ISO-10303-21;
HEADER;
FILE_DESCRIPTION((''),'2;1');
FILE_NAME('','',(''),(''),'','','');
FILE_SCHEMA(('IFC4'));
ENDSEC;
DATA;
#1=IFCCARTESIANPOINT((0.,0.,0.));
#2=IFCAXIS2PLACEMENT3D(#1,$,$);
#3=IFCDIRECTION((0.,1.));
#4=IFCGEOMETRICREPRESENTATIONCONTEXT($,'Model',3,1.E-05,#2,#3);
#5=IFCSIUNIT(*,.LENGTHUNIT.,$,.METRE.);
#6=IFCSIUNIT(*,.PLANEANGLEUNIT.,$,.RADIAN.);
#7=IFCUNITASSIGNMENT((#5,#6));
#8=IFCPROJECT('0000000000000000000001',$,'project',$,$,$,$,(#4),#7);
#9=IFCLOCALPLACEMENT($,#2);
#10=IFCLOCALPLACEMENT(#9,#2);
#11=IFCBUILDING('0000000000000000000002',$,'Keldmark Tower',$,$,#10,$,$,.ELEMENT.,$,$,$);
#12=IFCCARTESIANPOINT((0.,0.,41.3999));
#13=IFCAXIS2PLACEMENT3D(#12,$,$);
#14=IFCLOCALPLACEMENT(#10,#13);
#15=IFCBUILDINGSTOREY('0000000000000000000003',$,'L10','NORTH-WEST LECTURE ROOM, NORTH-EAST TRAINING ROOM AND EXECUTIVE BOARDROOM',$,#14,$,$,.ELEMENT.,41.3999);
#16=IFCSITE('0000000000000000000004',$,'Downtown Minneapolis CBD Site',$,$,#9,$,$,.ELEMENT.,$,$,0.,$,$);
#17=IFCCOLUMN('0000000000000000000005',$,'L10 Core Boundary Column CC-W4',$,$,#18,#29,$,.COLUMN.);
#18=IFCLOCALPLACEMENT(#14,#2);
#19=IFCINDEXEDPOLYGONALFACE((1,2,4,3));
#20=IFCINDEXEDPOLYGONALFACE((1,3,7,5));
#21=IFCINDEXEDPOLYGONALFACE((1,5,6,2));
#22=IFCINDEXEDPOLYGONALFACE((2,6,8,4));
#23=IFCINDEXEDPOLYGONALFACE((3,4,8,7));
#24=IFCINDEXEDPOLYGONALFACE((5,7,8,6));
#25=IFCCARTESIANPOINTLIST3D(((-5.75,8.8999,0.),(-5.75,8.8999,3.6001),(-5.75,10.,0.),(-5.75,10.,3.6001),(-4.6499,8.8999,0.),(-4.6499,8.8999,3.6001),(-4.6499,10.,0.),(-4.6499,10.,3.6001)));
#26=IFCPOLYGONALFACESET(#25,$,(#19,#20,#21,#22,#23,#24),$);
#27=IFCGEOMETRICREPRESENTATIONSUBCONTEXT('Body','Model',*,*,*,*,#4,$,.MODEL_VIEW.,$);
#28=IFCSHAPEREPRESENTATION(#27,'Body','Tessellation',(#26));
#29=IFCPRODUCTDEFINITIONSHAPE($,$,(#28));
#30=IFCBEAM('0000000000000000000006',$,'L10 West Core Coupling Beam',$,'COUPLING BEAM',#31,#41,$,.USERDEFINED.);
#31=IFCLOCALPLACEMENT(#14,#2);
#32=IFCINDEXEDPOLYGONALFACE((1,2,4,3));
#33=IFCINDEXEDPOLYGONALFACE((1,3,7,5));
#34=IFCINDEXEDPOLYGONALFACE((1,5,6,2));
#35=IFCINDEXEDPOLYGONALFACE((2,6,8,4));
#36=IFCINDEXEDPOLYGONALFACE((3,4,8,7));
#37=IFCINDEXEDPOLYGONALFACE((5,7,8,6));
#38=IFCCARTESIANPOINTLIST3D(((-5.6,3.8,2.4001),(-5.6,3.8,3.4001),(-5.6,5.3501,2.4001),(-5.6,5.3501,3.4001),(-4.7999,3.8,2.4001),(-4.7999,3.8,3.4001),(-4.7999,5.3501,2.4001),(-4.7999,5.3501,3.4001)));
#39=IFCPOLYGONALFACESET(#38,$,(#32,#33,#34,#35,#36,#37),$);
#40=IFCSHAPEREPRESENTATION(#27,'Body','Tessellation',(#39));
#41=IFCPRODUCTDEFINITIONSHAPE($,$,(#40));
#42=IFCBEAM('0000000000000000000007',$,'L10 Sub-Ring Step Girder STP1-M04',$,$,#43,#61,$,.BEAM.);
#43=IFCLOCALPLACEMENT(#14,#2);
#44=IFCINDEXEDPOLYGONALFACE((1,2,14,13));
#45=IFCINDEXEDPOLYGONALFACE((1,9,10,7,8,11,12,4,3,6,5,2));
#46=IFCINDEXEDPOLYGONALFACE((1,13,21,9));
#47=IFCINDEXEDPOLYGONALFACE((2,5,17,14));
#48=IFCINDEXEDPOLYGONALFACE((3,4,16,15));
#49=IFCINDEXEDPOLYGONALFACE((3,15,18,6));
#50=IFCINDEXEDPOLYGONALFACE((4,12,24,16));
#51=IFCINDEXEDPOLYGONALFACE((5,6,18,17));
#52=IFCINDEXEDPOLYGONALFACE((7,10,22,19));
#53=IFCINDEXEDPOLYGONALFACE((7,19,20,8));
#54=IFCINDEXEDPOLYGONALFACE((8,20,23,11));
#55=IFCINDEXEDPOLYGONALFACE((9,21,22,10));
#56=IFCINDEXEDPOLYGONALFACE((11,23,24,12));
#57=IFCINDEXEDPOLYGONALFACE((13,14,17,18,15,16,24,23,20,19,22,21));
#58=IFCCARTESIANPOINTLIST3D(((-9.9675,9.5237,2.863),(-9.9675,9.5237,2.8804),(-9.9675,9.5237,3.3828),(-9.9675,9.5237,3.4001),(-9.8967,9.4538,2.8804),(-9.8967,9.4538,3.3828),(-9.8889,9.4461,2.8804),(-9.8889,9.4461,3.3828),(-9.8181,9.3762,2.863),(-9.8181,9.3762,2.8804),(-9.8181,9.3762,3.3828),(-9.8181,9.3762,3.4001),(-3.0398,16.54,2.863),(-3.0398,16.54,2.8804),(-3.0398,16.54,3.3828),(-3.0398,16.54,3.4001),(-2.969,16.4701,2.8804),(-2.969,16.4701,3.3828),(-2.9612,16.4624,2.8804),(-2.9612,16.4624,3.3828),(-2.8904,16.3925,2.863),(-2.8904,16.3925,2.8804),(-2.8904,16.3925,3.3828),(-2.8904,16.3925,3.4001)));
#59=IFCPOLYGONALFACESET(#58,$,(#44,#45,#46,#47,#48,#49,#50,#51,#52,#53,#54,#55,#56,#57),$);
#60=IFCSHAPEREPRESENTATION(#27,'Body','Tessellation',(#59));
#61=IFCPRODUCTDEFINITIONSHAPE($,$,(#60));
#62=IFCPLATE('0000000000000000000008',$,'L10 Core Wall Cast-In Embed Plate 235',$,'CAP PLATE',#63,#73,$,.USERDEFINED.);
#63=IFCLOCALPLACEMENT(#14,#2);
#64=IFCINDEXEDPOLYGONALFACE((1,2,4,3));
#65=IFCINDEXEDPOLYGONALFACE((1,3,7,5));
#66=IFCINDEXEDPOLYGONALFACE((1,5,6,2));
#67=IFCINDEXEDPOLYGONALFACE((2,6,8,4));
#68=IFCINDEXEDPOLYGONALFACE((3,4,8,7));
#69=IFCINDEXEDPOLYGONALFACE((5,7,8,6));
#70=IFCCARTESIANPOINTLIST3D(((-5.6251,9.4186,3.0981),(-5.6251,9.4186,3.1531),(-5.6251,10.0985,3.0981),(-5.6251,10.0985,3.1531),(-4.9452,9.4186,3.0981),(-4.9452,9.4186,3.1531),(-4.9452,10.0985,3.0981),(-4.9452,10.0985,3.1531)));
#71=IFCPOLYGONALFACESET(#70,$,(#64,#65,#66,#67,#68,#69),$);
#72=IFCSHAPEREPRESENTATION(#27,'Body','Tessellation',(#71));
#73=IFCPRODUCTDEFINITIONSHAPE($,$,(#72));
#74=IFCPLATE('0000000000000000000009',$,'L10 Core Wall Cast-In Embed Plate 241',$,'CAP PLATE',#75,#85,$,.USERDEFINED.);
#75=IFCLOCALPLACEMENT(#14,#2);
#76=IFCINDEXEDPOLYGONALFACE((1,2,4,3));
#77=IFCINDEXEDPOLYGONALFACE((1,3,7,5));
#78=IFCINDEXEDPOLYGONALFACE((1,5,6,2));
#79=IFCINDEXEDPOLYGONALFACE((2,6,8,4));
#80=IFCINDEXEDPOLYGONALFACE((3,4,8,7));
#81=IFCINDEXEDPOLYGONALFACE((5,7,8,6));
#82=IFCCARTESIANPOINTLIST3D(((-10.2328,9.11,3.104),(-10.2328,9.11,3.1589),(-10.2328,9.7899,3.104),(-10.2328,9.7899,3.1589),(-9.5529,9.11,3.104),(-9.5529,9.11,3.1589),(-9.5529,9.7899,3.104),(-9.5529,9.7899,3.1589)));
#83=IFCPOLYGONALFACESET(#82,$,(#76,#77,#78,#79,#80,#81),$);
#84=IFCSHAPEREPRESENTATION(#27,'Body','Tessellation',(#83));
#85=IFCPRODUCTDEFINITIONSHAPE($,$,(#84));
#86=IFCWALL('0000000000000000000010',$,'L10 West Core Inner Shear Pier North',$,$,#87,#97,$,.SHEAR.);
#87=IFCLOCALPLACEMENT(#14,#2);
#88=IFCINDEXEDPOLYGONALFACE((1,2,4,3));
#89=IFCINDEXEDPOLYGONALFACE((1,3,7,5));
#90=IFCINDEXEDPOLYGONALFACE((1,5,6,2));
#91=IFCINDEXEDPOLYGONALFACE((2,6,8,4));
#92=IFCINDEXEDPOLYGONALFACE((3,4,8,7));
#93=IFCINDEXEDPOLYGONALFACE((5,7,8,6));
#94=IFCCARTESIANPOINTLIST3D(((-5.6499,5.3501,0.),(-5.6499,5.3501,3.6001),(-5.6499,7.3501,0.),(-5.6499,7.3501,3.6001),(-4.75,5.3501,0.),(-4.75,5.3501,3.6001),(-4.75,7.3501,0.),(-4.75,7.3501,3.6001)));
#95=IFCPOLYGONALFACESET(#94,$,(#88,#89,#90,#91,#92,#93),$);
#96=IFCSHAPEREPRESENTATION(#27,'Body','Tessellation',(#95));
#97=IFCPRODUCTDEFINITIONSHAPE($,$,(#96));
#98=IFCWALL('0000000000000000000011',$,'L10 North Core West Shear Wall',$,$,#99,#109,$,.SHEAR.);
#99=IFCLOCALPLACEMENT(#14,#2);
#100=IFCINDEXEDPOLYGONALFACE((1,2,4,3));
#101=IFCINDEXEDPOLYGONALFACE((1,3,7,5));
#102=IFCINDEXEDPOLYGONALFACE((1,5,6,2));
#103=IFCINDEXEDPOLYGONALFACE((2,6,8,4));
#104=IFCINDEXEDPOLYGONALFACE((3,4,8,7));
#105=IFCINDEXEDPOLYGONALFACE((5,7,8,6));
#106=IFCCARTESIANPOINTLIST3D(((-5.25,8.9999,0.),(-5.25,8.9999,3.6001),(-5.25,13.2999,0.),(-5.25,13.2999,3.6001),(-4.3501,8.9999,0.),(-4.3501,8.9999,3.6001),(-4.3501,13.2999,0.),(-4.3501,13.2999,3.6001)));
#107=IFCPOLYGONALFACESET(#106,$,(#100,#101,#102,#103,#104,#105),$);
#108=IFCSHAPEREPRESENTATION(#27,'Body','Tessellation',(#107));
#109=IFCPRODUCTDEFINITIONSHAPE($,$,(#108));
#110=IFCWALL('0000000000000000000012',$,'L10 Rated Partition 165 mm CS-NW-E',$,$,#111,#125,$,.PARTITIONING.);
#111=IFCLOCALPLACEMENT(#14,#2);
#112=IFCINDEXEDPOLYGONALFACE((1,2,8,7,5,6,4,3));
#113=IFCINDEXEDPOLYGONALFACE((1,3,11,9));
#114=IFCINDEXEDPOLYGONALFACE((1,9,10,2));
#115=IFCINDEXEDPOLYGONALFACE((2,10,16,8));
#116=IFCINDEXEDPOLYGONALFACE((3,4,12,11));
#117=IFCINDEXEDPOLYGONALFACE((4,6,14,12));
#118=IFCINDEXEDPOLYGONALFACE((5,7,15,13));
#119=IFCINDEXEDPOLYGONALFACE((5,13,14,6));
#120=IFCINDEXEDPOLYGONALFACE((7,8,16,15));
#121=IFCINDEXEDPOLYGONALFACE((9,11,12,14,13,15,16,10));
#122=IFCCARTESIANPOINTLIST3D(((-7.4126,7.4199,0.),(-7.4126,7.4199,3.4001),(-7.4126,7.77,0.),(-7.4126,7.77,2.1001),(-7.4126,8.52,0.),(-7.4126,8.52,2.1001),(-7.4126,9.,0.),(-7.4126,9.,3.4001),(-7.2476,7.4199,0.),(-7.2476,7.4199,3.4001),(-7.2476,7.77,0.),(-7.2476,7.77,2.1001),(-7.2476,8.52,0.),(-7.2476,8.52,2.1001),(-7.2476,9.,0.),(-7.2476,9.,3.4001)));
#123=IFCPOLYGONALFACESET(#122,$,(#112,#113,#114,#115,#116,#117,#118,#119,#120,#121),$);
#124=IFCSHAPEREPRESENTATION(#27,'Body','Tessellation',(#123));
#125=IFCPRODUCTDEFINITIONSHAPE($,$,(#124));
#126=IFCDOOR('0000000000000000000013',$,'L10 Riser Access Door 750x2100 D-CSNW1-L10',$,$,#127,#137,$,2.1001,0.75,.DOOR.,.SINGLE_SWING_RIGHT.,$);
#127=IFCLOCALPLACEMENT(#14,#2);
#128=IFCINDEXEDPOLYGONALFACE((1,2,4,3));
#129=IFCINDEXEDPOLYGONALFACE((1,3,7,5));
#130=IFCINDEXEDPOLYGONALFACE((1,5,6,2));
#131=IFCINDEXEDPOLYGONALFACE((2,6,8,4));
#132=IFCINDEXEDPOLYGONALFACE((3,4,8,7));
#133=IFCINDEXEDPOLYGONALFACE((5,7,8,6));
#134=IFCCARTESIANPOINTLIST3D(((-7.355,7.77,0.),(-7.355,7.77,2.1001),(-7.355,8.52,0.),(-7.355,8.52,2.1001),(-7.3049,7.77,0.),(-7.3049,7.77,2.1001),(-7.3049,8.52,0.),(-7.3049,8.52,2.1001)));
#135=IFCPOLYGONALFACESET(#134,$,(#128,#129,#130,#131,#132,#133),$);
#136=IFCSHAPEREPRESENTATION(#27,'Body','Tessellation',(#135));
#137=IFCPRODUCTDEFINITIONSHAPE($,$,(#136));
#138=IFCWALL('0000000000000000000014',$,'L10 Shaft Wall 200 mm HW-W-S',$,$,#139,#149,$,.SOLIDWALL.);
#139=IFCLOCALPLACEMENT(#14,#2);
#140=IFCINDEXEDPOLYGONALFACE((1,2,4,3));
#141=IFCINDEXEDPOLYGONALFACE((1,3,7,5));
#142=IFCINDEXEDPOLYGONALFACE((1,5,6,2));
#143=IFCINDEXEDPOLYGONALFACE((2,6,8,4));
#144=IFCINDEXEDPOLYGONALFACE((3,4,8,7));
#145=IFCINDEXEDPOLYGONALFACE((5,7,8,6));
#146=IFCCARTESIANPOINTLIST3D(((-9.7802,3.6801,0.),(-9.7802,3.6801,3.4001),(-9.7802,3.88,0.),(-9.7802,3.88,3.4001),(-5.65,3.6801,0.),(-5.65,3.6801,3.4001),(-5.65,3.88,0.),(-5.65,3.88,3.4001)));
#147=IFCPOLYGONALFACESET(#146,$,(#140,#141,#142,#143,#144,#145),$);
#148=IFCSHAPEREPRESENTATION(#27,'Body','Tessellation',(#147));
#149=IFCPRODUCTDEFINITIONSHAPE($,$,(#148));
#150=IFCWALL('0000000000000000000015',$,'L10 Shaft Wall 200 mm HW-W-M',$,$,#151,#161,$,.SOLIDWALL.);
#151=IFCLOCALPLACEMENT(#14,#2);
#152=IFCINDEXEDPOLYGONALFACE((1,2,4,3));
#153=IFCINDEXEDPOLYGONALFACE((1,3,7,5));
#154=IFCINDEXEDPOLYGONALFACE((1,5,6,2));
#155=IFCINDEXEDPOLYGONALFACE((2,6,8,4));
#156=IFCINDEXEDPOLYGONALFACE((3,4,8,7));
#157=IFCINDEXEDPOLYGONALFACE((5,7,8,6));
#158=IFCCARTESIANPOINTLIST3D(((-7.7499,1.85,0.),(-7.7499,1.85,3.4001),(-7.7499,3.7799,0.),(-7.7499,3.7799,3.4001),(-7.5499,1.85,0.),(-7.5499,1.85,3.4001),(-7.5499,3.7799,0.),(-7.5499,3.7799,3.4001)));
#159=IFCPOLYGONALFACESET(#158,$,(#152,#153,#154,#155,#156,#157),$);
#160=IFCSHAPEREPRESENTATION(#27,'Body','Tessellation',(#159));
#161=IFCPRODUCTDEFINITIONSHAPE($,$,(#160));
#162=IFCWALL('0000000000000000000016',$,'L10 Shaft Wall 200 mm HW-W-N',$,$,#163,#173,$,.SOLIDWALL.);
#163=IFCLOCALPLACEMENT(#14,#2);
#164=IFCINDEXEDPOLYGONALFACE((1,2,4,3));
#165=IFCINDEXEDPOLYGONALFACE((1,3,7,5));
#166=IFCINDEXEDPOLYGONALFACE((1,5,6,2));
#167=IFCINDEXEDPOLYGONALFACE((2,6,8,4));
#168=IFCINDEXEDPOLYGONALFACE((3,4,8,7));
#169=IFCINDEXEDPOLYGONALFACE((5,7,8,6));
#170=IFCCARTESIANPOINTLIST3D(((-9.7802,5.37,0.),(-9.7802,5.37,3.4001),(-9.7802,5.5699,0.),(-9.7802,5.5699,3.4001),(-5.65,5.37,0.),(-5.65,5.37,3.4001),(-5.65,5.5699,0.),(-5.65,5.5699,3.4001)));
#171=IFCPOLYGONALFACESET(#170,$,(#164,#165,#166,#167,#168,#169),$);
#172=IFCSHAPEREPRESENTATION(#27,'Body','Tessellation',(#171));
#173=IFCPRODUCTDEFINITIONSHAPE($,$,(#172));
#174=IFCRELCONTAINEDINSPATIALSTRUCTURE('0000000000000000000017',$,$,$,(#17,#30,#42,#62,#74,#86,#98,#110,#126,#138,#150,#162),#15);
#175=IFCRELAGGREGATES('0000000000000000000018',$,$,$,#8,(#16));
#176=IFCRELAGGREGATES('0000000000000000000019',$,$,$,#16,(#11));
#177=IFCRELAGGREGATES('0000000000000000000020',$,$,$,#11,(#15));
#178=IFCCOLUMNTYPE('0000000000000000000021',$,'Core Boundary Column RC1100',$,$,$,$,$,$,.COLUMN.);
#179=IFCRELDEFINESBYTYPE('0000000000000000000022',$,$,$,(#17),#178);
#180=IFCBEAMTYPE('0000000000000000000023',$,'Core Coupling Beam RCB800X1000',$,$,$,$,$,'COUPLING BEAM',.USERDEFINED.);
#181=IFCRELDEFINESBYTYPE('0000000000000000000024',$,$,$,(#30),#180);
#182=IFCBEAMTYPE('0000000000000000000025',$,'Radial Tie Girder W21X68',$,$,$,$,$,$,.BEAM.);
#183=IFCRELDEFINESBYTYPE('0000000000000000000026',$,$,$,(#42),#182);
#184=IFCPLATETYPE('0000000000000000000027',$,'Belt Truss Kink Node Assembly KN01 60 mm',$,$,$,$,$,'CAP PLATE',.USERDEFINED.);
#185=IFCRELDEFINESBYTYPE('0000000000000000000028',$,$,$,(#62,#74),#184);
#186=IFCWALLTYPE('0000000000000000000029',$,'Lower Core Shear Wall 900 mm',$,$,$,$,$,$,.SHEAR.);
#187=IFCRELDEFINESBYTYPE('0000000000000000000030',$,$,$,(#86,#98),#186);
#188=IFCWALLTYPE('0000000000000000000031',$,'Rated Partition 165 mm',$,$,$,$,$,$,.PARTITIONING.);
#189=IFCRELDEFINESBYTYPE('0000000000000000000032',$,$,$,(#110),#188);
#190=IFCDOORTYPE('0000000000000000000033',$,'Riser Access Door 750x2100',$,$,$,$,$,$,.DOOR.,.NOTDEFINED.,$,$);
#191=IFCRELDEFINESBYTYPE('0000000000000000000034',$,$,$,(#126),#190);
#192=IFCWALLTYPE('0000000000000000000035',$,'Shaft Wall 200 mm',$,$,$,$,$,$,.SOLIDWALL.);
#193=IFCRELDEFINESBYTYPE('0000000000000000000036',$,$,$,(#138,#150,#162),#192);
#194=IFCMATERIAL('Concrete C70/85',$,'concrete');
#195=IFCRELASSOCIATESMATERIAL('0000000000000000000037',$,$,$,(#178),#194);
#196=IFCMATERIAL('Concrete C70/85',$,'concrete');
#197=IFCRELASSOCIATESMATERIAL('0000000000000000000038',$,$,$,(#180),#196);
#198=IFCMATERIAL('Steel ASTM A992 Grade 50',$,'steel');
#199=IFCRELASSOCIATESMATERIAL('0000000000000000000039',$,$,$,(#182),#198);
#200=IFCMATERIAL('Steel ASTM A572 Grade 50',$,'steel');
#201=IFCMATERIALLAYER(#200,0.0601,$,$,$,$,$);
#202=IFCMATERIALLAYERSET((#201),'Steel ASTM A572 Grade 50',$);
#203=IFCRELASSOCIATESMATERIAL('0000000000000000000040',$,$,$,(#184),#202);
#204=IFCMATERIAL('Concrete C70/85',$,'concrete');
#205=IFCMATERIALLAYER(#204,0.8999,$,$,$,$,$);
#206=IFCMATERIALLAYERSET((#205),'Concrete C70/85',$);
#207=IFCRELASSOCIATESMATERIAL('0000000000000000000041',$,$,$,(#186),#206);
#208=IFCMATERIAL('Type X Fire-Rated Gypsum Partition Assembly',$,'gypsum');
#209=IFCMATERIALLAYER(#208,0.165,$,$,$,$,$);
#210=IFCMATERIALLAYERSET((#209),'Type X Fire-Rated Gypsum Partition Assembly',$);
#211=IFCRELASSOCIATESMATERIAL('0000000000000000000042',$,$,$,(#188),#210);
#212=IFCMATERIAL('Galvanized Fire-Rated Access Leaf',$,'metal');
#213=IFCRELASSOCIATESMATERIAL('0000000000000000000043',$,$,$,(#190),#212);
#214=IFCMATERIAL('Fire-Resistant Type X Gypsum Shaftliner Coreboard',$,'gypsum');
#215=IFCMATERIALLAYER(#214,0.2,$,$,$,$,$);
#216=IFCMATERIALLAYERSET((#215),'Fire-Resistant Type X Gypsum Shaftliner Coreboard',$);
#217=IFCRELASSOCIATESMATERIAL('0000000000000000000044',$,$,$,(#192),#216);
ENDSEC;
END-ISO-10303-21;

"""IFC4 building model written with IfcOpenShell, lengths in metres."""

from ifc_helpers import new_model, si_unit, direction, frame, frame_2d, origin, origin_2d, place, context, subcontext, project, spatial, rectangle, i_section, extrude, material, layer, layer_set, material_profile, profile_set, type_object, element, fill, save


model = new_model("IFC4")

# Units and contexts
model_context = context("Model", 3, precision=1e-05, world=origin(), true_north=direction((0.0, 1.0)))
body_context = subcontext(model_context, "Body", "Model", "MODEL_VIEW")
ifc_project = project(units=[si_unit("LENGTHUNIT", "METRE"), si_unit("PLANEANGLEUNIT", "RADIAN")], contexts=[model_context])

# Site, building, storey
site_placement = place(None, origin())
site = spatial("IfcSite", under=ifc_project, at=site_placement, Name="Downtown Minneapolis CBD Site", CompositionType="ELEMENT", RefElevation=0.0)
building_placement = place(site_placement, origin())
building = spatial("IfcBuilding", under=site, at=building_placement, Name="Keldmark Tower", CompositionType="ELEMENT")
storey_placement = place(building_placement, frame((0.0, 0.0, 41.3999)))
storey = spatial("IfcBuildingStorey", under=building, at=storey_placement, Name="L10", Description="NORTH-WEST LECTURE ROOM, NORTH-EAST TRAINING ROOM AND EXECUTIVE BOARDROOM", CompositionType="ELEMENT", Elevation=41.3999)

# Column
ifc_material_1 = material(Name="Concrete C70/85", Category="concrete")
ifc_material_profile_1 = material_profile(ifc_material_1, rectangle(XDim=1.1001, YDim=1.1001, at=origin_2d()), Name="RC1100X1100")
ifc_profile_set_1 = profile_set([ifc_material_profile_1], Name="Concrete C70/85")
column_type = type_object("IfcColumnType", Name="Core Boundary Column RC1100", PredefinedType="COLUMN", material=ifc_profile_set_1)
column_placement = place(storey_placement, frame((-5.2, 9.45, 0.0), z_axis=(0.0, 0.0, 1.0), x_axis=(1.0, 0.0, 0.0)))
element("IfcColumn", 1, at=column_placement, inside=storey, type_object=column_type, Name="L10 Core Boundary Column CC-W4", PredefinedType="COLUMN", context=body_context, shape_type="SweptSolid", body=[
    extrude(rectangle(XDim=1.1001, YDim=1.1001, at=origin_2d()), origin(), (0.0, 0.0, 1.0), 3.6001),
])

# Beams
ifc_material_2 = material(Name="Concrete C70/85", Category="concrete")
ifc_material_profile_2 = material_profile(ifc_material_2, rectangle(XDim=0.8, YDim=1.0, at=origin_2d()), Name="RCB800X1000")
ifc_profile_set_2 = profile_set([ifc_material_profile_2], Name="Concrete C70/85")
beam_type_1 = type_object("IfcBeamType", Name="Core Coupling Beam RCB800X1000", ElementType="COUPLING BEAM", PredefinedType="USERDEFINED", material=ifc_profile_set_2)
beam_1_placement = place(storey_placement, frame((-5.2, 3.8, 2.9001), z_axis=(0.0, 1.0, 0.0), x_axis=(-1.0, 0.0, 0.0)))
element("IfcBeam", 2, at=beam_1_placement, inside=storey, type_object=beam_type_1, Name="L10 West Core Coupling Beam", ObjectType="COUPLING BEAM", PredefinedType="USERDEFINED", context=body_context, shape_type="SweptSolid", body=[
    extrude(rectangle(XDim=0.8, YDim=1.0, at=origin_2d()), origin(), (0.0, 0.0, 1.0), 1.55),
])
ifc_material_3 = material(Name="Steel ASTM A992 Grade 50", Category="steel")
ifc_material_profile_3 = material_profile(ifc_material_3, i_section(OverallWidth=0.21, OverallDepth=0.5371, WebThickness=0.011, FlangeThickness=0.0173, at=origin_2d()), Name="W21X68")
ifc_profile_set_3 = profile_set([ifc_material_profile_3], Name="Steel ASTM A992 Grade 50")
beam_type_2 = type_object("IfcBeamType", Name="Radial Tie Girder W21X68", PredefinedType="BEAM", material=ifc_profile_set_3)
beam_2_placement = place(storey_placement, frame((-9.8928, 9.45, 3.1316), z_axis=(0.702599, 0.711586, 0.0), x_axis=(-0.711586, 0.702599, 0.0)))
element("IfcBeam", 3, at=beam_2_placement, inside=storey, type_object=beam_type_2, Name="L10 Sub-Ring Step Girder STP1-M04", PredefinedType="BEAM", context=body_context, shape_type="SweptSolid", body=[
    extrude(i_section(OverallWidth=0.21, OverallDepth=0.5371, WebThickness=0.011, FlangeThickness=0.0173, at=origin_2d()), origin(), (0.0, 0.0, 1.0), 9.8601),
])

# Plates
ifc_material_4 = material(Name="Steel ASTM A572 Grade 50", Category="steel")
ifc_layer_1 = layer(ifc_material_4, 0.0601)
ifc_layer_set_1 = layer_set([ifc_layer_1], Name="Steel ASTM A572 Grade 50")
plate_type = type_object("IfcPlateType", Name="Belt Truss Kink Node Assembly KN01 60 mm", ElementType="CAP PLATE", PredefinedType="USERDEFINED", material=ifc_layer_set_1)
for number, where, z_axis, x_axis, name in (
    (4, (-5.2852, 9.7585, 3.0981), (0.0, 0.0, 1.0), (1.0, 0.0, 0.0), "L10 Core Wall Cast-In Embed Plate 235"),
    (5, (-9.8928, 9.45, 3.104), (0.0, 0.0, 1.0), (1.0, 0.0, 0.0), "L10 Core Wall Cast-In Embed Plate 241"),
):
    element("IfcPlate", number, at=place(storey_placement, frame(where, z_axis=z_axis, x_axis=x_axis)), inside=storey, type_object=plate_type, Name=name, ObjectType="CAP PLATE", PredefinedType="USERDEFINED", context=body_context, shape_type="SweptSolid", body=[
        extrude(rectangle(XDim=0.6799, YDim=0.6799, at=origin_2d()), origin(), (0.0, 0.0, 1.0), 0.0549),
    ])

# Walls
ifc_material_5 = material(Name="Concrete C70/85", Category="concrete")
ifc_layer_2 = layer(ifc_material_5, 0.8999)
ifc_layer_set_2 = layer_set([ifc_layer_2], Name="Concrete C70/85")
wall_type_1 = type_object("IfcWallType", Name="Lower Core Shear Wall 900 mm", PredefinedType="SHEAR", material=ifc_layer_set_2)
wall_1_placement = place(storey_placement, frame((-5.2, 5.3501, 0.0), z_axis=(0.0, 0.0, 1.0), x_axis=(0.0, 1.0, 0.0)))
element("IfcWall", 6, at=wall_1_placement, inside=storey, type_object=wall_type_1, Name="L10 West Core Inner Shear Pier North", PredefinedType="SHEAR", context=body_context, shape_type="SweptSolid", body=[
    extrude(rectangle(XDim=2.0, YDim=0.8999, at=frame_2d((1.0, 0.0))), origin(), (0.0, 0.0, 1.0), 3.6001),
])
wall_2_placement = place(storey_placement, frame((-4.8, 9.0, 0.0), z_axis=(0.0, 0.0, 1.0), x_axis=(0.0, 1.0, 0.0)))
element("IfcWall", 7, at=wall_2_placement, inside=storey, type_object=wall_type_1, Name="L10 North Core West Shear Wall", PredefinedType="SHEAR", context=body_context, shape_type="SweptSolid", body=[
    extrude(rectangle(XDim=4.3, YDim=0.8999, at=frame_2d((2.1499, 0.0))), origin(), (0.0, 0.0, 1.0), 3.6001),
])

# Wall, opening, door
ifc_material_6 = material(Name="Type X Fire-Rated Gypsum Partition Assembly", Category="gypsum")
ifc_layer_3 = layer(ifc_material_6, 0.165)
ifc_layer_set_3 = layer_set([ifc_layer_3], Name="Type X Fire-Rated Gypsum Partition Assembly")
wall_type_2 = type_object("IfcWallType", Name="Rated Partition 165 mm", PredefinedType="PARTITIONING", material=ifc_layer_set_3)
wall_3_placement = place(storey_placement, frame((-7.3301, 7.4199, 0.0), z_axis=(0.0, 0.0, 1.0), x_axis=(0.0, 1.0, 0.0)))
wall_3 = element("IfcWall", 8, at=wall_3_placement, inside=storey, type_object=wall_type_2, Name="L10 Rated Partition 165 mm CS-NW-E", PredefinedType="PARTITIONING", context=body_context, shape_type="SweptSolid", body=[
    extrude(rectangle(XDim=1.5801, YDim=0.165, at=frame_2d((0.79, 0.0))), origin(), (0.0, 0.0, 1.0), 3.4001),
])
opening_1_placement = place(wall_3_placement, frame((0.3501, 0.0, 0.0)))
opening_1 = element("IfcOpeningElement", 9, at=opening_1_placement, cuts=wall_3, PredefinedType="OPENING", context=body_context, shape_type="SweptSolid", body=[
    extrude(rectangle(XDim=0.75, YDim=2.1001, at=frame_2d((0.375, 1.05))), frame((0.0, 0.0925, 0.0), z_axis=(0.0, -1.0, 0.0), x_axis=(1.0, 0.0, 0.0)), (0.0, 0.0, 1.0), 0.1851),
])
ifc_material_7 = material(Name="Galvanized Fire-Rated Access Leaf", Category="metal")
door_type_1 = type_object("IfcDoorType", Name="Riser Access Door 750x2100", OperationType="NOTDEFINED", PredefinedType="DOOR", material=ifc_material_7)
door_1_placement = place(opening_1_placement, origin())
door_1 = element("IfcDoor", 10, at=door_1_placement, inside=storey, type_object=door_type_1, Name="L10 Riser Access Door 750x2100 D-CSNW1-L10", OperationType="SINGLE_SWING_RIGHT", OverallHeight=2.1001, OverallWidth=0.75, PredefinedType="DOOR", context=body_context, shape_type="SweptSolid", body=[
    extrude(rectangle(XDim=0.75, YDim=2.1001, at=frame_2d((0.375, 1.05))), frame((0.0, 0.0249, 0.0), z_axis=(0.0, -1.0, 0.0), x_axis=(1.0, 0.0, 0.0)), (0.0, 0.0, 1.0), 0.05),
])
fill(opening_1, door_1)

# Walls
ifc_material_8 = material(Name="Fire-Resistant Type X Gypsum Shaftliner Coreboard", Category="gypsum")
ifc_layer_4 = layer(ifc_material_8, 0.2)
ifc_layer_set_4 = layer_set([ifc_layer_4], Name="Fire-Resistant Type X Gypsum Shaftliner Coreboard")
wall_type_3 = type_object("IfcWallType", Name="Shaft Wall 200 mm", PredefinedType="SOLIDWALL", material=ifc_layer_set_4)
wall_4_placement = place(storey_placement, frame((-9.78, 3.78, 0.0), z_axis=(0.0, 0.0, 1.0), x_axis=(1.0, 0.0, 0.0)))
element("IfcWall", 11, at=wall_4_placement, inside=storey, type_object=wall_type_3, Name="L10 Shaft Wall 200 mm HW-W-S", PredefinedType="SOLIDWALL", context=body_context, shape_type="SweptSolid", body=[
    extrude(rectangle(XDim=4.1301, YDim=0.2, at=frame_2d((2.0649, 0.0))), origin(), (0.0, 0.0, 1.0), 3.4001),
])
wall_5_placement = place(storey_placement, frame((-7.6499, 1.8501, 0.0), z_axis=(0.0, 0.0, 1.0), x_axis=(0.0, 1.0, 0.0)))
element("IfcWall", 12, at=wall_5_placement, inside=storey, type_object=wall_type_3, Name="L10 Shaft Wall 200 mm HW-W-M", PredefinedType="SOLIDWALL", context=body_context, shape_type="SweptSolid", body=[
    extrude(rectangle(XDim=1.9299, YDim=0.2, at=frame_2d((0.9648, 0.0))), origin(), (0.0, 0.0, 1.0), 3.4001),
])
for number, where, z_axis, x_axis, name in (
    (13, (-9.78, 5.47, 0.0), (0.0, 0.0, 1.0), (1.0, 0.0, 0.0), "L10 Shaft Wall 200 mm HW-W-N"),
):
    element("IfcWall", number, at=place(storey_placement, frame(where, z_axis=z_axis, x_axis=x_axis)), inside=storey, type_object=wall_type_3, Name=name, PredefinedType="SOLIDWALL", context=body_context, shape_type="SweptSolid", body=[
        extrude(rectangle(XDim=4.1301, YDim=0.2, at=frame_2d((2.0649, 0.0))), origin(), (0.0, 0.0, 1.0), 3.4001),
    ])

save(model, "model.ifc")
